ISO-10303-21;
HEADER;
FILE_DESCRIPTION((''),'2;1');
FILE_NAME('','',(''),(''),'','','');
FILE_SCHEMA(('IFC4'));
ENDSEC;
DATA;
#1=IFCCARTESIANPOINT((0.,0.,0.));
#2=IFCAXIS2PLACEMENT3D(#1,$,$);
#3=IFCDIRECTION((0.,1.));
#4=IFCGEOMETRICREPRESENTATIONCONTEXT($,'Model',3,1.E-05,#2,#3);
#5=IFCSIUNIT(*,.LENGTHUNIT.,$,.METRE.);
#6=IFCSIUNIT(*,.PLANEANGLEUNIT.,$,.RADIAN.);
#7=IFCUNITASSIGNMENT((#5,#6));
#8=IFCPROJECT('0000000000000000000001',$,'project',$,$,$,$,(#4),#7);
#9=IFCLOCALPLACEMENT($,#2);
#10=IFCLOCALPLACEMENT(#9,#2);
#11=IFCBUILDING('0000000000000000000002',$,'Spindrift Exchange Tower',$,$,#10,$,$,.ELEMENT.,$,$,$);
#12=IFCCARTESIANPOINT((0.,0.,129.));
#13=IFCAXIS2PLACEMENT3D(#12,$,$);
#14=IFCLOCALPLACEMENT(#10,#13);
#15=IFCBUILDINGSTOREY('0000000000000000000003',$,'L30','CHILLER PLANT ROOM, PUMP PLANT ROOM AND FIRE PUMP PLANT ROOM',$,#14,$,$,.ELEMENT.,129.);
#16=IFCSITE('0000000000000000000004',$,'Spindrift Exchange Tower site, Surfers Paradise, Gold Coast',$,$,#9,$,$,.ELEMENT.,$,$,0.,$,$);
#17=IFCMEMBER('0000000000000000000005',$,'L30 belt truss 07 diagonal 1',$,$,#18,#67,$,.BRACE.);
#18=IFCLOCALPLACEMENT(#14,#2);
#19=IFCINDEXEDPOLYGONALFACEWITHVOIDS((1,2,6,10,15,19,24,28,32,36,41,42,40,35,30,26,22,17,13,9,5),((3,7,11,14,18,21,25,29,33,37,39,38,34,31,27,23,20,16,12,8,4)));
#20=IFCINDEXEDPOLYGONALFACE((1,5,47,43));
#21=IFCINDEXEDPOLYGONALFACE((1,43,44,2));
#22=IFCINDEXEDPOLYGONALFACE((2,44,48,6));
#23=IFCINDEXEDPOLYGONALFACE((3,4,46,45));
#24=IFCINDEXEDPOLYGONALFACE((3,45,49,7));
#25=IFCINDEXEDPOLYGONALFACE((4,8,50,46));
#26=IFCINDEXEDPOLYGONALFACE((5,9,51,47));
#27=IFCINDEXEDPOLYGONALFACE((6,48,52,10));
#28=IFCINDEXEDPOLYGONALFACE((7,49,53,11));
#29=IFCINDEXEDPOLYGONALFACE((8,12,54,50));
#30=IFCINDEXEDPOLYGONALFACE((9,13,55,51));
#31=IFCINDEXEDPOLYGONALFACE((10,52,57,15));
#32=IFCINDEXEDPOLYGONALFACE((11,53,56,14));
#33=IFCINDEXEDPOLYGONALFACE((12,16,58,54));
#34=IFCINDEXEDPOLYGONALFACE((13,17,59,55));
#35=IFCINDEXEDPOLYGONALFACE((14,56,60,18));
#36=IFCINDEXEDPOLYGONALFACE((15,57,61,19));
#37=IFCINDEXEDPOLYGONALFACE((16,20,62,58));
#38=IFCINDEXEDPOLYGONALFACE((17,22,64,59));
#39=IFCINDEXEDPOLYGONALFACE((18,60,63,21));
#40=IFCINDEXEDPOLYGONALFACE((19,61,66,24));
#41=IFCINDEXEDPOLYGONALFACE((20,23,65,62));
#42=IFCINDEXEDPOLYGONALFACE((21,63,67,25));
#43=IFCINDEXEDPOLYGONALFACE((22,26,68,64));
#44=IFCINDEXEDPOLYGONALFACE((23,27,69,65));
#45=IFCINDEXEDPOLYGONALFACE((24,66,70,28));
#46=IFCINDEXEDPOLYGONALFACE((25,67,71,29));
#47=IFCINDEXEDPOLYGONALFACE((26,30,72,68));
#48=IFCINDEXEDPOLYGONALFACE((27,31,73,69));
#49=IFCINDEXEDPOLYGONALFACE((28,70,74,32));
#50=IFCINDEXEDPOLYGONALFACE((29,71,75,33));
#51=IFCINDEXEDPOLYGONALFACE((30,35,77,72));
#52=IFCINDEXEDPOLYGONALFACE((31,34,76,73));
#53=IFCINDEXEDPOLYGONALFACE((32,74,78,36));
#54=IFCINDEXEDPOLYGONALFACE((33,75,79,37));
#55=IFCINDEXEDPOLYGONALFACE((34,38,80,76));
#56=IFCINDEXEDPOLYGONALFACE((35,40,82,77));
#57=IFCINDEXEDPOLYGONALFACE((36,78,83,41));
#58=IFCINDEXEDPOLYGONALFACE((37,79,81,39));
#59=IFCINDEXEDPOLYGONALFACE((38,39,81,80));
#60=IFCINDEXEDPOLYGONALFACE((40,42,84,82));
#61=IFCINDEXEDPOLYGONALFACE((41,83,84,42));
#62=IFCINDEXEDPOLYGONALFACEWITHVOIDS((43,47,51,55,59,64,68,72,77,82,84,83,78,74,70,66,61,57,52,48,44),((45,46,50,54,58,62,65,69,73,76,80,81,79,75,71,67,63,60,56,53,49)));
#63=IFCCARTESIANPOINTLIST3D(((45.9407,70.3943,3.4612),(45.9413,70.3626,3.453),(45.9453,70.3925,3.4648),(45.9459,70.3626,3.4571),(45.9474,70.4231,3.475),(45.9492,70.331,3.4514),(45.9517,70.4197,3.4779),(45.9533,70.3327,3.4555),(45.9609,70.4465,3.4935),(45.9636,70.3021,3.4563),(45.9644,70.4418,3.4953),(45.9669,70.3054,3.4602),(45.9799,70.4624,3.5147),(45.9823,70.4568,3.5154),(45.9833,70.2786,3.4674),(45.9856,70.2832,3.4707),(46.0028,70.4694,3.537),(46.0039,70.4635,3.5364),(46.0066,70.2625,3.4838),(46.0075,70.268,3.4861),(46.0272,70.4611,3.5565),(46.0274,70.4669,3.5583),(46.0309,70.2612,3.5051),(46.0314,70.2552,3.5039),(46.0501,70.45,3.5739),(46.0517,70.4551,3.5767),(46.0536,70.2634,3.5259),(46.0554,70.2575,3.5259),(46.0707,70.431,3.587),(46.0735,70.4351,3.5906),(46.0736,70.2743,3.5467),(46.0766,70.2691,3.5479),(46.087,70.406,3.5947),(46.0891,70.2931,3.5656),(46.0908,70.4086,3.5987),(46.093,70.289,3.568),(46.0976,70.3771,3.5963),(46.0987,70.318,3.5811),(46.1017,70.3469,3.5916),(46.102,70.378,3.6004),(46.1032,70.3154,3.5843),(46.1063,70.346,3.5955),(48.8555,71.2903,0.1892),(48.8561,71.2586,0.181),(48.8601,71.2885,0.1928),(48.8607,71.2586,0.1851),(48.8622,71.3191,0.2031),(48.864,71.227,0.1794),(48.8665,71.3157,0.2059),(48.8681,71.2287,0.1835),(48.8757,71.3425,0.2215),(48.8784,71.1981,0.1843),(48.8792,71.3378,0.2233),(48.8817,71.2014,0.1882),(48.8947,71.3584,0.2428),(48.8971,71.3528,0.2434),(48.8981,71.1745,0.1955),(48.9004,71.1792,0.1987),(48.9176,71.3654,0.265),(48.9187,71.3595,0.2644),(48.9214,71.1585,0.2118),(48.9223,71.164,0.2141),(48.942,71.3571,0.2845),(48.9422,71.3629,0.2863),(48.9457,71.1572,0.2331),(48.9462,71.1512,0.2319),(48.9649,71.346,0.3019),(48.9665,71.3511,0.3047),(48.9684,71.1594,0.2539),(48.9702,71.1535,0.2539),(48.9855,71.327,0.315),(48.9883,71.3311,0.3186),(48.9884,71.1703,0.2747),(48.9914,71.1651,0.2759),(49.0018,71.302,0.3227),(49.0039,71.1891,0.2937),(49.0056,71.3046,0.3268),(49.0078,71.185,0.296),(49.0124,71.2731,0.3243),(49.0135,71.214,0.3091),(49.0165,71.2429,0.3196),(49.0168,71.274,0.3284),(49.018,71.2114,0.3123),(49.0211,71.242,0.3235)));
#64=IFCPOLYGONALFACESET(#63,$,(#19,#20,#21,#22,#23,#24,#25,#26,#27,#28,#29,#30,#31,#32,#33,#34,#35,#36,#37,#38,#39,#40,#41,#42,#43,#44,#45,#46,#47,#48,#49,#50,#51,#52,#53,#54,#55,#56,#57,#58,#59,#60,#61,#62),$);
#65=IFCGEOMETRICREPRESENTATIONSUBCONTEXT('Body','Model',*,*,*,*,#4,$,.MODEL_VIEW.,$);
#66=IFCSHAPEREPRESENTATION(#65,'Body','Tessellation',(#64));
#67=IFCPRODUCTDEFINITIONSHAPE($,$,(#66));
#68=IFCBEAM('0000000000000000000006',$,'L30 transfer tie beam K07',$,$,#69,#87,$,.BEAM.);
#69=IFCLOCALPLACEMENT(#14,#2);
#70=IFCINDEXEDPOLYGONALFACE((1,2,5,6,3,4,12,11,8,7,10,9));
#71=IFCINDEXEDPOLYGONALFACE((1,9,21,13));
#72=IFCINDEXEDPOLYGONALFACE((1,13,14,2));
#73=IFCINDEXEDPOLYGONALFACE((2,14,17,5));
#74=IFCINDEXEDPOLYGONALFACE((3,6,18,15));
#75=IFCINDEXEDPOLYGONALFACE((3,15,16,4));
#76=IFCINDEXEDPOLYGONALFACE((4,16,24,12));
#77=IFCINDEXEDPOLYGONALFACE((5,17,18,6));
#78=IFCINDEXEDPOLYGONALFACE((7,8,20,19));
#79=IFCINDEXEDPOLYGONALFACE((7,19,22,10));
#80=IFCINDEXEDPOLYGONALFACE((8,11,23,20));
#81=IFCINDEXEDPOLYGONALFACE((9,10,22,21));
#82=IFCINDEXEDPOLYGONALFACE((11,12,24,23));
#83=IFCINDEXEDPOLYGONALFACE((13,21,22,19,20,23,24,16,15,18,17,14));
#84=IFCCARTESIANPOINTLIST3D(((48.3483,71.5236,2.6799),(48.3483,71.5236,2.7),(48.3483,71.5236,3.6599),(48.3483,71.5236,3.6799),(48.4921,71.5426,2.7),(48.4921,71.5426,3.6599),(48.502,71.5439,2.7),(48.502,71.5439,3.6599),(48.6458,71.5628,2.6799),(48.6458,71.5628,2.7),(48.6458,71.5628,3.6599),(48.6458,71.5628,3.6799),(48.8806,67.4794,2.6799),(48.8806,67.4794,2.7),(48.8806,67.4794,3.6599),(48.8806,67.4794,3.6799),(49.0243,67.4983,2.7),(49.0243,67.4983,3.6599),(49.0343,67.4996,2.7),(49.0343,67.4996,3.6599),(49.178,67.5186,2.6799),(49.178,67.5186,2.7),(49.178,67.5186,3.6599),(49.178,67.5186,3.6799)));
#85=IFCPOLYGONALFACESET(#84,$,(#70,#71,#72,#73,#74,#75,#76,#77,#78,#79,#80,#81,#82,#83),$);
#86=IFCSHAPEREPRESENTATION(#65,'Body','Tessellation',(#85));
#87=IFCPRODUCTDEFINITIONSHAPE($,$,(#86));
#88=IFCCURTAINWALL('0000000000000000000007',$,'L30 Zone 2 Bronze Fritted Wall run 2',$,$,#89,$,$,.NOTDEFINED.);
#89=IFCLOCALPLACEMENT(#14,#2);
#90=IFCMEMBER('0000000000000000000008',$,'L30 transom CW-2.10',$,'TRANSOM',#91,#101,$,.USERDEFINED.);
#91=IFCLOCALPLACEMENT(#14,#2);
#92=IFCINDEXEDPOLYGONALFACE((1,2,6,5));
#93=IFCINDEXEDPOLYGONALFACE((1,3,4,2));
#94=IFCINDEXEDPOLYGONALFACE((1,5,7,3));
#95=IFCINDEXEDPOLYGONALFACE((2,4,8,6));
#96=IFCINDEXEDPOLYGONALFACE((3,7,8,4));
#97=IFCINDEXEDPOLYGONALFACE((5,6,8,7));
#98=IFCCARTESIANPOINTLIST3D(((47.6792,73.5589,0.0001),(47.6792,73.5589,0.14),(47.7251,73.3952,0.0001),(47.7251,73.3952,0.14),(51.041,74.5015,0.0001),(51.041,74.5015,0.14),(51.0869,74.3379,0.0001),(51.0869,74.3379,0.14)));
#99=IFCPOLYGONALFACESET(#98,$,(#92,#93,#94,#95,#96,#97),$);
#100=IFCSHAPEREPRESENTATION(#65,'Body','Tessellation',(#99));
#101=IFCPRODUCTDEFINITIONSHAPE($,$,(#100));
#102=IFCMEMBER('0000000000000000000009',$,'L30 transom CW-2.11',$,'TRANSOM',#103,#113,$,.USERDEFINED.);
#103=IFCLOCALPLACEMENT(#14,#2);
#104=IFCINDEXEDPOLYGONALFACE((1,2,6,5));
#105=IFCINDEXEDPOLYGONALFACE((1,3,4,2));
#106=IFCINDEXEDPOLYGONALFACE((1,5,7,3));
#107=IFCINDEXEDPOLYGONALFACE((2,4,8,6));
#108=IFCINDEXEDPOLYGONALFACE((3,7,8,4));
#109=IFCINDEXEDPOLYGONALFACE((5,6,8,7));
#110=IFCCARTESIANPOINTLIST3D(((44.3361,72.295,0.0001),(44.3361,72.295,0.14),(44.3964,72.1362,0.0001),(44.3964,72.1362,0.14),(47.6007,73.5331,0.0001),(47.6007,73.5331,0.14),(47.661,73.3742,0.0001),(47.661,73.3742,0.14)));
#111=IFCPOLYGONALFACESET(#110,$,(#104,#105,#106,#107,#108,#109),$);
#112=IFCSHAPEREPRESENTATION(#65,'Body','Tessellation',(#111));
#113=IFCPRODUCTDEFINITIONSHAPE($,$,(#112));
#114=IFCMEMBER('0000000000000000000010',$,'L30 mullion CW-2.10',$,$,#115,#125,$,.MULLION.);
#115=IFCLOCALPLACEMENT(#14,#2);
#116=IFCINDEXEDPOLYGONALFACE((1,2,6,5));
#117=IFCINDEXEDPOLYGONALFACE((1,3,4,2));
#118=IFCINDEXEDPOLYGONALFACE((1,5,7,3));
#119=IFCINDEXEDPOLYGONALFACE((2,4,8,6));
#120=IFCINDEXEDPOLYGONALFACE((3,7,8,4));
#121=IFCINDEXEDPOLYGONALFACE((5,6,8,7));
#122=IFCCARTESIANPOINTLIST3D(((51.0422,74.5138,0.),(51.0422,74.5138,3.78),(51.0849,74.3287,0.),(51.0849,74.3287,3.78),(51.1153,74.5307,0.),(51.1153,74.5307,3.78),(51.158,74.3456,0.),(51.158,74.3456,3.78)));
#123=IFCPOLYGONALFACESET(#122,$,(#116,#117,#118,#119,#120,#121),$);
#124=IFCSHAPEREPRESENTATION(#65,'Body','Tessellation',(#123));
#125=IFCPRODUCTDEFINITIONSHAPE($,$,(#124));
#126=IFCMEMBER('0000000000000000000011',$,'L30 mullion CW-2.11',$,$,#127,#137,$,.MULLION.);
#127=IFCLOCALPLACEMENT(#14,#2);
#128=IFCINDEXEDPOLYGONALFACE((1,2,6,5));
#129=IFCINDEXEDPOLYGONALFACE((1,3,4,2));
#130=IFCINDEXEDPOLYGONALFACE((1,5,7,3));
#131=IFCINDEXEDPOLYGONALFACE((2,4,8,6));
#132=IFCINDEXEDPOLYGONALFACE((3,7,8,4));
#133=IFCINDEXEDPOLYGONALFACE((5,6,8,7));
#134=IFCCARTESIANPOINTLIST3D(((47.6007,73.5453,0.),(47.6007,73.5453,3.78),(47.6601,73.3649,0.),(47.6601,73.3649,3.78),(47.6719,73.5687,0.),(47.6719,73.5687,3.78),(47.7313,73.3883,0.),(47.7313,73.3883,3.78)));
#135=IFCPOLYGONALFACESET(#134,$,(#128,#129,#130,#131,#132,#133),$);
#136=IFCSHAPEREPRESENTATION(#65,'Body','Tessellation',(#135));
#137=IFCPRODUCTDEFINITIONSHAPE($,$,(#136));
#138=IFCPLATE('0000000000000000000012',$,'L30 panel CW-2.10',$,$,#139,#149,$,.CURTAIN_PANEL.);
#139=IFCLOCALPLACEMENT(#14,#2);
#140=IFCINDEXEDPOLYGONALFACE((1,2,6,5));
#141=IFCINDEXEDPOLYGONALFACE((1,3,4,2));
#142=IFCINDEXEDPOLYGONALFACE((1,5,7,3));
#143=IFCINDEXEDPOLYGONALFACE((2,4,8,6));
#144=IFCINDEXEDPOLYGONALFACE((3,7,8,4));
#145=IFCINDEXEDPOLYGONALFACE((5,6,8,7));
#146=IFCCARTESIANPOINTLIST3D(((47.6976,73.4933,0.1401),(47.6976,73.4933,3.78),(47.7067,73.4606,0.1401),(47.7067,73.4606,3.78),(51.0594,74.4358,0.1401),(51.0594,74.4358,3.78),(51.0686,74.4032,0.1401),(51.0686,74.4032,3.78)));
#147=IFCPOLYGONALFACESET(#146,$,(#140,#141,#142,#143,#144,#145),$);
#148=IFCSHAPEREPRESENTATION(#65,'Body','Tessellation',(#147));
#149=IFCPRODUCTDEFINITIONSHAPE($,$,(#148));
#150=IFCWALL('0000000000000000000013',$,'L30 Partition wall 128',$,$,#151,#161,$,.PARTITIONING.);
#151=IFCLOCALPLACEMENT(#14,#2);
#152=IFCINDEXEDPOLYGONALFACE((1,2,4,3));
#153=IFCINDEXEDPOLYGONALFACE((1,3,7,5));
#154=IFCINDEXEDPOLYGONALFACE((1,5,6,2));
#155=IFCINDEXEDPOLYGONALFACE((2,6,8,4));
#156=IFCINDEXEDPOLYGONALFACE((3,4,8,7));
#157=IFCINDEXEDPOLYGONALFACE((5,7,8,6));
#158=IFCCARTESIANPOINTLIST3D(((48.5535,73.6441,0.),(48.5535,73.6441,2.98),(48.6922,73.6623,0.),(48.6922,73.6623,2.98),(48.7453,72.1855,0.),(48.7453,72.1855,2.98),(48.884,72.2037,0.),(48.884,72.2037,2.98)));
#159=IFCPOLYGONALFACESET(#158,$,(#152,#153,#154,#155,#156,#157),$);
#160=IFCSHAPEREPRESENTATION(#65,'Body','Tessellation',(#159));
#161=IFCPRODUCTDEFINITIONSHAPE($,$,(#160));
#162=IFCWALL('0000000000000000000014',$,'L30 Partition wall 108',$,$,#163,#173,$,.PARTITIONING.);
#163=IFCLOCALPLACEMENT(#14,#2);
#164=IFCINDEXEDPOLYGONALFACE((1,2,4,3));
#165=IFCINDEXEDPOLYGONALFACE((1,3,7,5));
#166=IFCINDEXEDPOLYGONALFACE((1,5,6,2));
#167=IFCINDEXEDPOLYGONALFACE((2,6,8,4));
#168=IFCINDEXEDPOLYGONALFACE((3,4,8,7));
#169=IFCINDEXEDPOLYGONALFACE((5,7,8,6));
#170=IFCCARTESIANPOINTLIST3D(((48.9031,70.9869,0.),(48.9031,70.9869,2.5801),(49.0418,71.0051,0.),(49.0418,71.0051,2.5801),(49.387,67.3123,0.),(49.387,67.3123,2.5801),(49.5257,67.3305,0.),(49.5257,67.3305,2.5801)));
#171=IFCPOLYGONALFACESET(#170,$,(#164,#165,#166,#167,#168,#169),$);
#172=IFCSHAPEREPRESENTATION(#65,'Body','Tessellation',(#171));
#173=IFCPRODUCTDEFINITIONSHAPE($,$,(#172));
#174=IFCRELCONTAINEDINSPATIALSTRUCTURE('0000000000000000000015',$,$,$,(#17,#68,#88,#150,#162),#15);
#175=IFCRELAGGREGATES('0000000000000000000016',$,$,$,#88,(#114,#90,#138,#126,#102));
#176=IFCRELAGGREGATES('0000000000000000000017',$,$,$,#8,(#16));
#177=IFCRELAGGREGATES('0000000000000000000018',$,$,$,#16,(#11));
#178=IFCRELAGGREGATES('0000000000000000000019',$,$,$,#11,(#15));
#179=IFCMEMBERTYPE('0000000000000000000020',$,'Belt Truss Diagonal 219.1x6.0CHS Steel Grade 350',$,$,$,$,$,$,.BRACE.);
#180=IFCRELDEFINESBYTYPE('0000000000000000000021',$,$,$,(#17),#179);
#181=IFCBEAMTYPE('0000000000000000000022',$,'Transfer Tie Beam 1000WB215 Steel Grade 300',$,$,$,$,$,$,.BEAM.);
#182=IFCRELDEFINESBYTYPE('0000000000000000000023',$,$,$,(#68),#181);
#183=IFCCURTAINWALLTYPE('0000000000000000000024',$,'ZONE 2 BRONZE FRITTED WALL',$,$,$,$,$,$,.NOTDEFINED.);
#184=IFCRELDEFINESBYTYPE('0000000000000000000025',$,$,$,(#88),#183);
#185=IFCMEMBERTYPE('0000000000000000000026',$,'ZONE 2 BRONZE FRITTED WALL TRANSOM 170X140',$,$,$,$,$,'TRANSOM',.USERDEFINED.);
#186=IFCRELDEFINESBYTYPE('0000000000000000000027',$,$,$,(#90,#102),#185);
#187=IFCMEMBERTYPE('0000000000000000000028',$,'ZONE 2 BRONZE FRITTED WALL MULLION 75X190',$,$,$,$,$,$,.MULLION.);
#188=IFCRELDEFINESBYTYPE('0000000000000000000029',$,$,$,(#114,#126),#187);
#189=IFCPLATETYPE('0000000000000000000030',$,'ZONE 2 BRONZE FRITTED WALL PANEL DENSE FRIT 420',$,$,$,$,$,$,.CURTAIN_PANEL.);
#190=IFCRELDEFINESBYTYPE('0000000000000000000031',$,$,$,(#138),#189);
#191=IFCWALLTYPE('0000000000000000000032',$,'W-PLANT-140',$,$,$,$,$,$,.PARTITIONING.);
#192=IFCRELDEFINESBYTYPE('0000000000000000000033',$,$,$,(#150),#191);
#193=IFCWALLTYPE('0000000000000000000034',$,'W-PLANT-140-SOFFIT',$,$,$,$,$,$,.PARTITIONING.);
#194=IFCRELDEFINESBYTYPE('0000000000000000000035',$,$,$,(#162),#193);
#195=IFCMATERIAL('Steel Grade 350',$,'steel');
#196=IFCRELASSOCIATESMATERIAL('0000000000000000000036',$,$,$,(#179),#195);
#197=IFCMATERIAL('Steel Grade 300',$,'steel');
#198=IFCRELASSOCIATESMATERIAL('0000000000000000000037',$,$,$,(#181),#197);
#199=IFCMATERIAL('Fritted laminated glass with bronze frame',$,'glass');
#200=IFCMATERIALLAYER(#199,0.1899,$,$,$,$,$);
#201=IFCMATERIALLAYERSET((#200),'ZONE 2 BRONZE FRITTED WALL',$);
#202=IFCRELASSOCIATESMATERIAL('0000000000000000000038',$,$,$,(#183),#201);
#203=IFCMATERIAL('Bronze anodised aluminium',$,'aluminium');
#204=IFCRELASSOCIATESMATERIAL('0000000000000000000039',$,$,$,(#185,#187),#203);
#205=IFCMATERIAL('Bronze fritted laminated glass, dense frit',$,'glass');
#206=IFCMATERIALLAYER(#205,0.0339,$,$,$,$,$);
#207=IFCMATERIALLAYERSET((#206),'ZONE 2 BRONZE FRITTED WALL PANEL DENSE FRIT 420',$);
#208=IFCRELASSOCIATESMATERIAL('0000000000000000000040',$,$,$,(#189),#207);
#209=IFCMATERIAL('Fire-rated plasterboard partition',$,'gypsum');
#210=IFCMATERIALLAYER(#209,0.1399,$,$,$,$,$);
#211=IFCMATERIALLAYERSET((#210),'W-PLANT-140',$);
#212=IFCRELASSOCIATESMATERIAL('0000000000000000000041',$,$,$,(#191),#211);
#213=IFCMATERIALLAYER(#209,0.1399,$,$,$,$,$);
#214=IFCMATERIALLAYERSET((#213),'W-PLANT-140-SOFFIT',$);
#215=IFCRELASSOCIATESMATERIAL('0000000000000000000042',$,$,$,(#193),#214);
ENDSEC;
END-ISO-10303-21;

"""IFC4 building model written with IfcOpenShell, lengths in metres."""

from ifc_helpers import new_model, si_unit, direction, frame, frame_2d, origin, origin_2d, place, context, subcontext, project, spatial, rectangle, hollow_circle, i_section, extrude, source, transform, mapped, material, layer, layer_set, material_profile, profile_set, type_object, element, aggregate, save


model = new_model("IFC4")

# Units and contexts
model_context = context("Model", 3, precision=1e-05, world=origin(), true_north=direction((0.0, 1.0)))
body_context = subcontext(model_context, "Body", "Model", "MODEL_VIEW")
ifc_project = project(units=[si_unit("LENGTHUNIT", "METRE"), si_unit("PLANEANGLEUNIT", "RADIAN")], contexts=[model_context])

# Site, building, storey
site_placement = place(None, origin())
site = spatial("IfcSite", under=ifc_project, at=site_placement, Name="Spindrift Exchange Tower site, Surfers Paradise, Gold Coast", CompositionType="ELEMENT", RefElevation=0.0)
building_placement = place(site_placement, origin())
building = spatial("IfcBuilding", under=site, at=building_placement, Name="Spindrift Exchange Tower", CompositionType="ELEMENT")
storey_placement = place(building_placement, frame((0.0, 0.0, 129.0)))
storey = spatial("IfcBuildingStorey", under=building, at=storey_placement, Name="L30", Description="CHILLER PLANT ROOM, PUMP PLANT ROOM AND FIRE PUMP PLANT ROOM", CompositionType="ELEMENT", Elevation=129.0)

# Shared definitions
ifc_material_1 = material(Name="Steel Grade 300", Category="steel")

# Member
ifc_material_2 = material(Name="Steel Grade 350", Category="steel")
ifc_material_profile_1 = material_profile(ifc_material_2, hollow_circle(Radius=0.1096, WallThickness=0.0061, at=origin_2d()), Name="219.1x6.0CHS")
ifc_profile_set_1 = profile_set([ifc_material_profile_1], Name="Steel Grade 350")
member_type_1 = type_object("IfcMemberType", Name="Belt Truss Diagonal 219.1x6.0CHS Steel Grade 350", PredefinedType="BRACE", material=ifc_profile_set_1)
shared_shape_1 = source(origin(), body_context, "Body", "SweptSolid", [
    extrude(hollow_circle(Radius=0.1096, WallThickness=0.0061, at=origin_2d()), origin(), (0.0, 0.0, 1.0), 4.4727),
])
member_1_placement = place(storey_placement, frame((48.938, 71.2583, 0.2539), z_axis=(-0.651692, -0.200328, 0.73155), x_axis=(0.293827, -0.955859, 0.0)))
element("IfcMember", 1, at=member_1_placement, inside=storey, type_object=member_type_1, Name="L30 belt truss 07 diagonal 1", PredefinedType="BRACE", context=body_context, shape_type="MappedRepresentation", body=[
    mapped(shared_shape_1, transform((0.0, 0.0, 0.0), scale=1.0)),
])

# Beam
ifc_material_profile_2 = material_profile(ifc_material_1, i_section(OverallWidth=0.3, OverallDepth=1.0, WebThickness=0.01, FlangeThickness=0.02, at=origin_2d()), Name="1000WB215")
ifc_profile_set_2 = profile_set([ifc_material_profile_2], Name="Steel Grade 300")
beam_type_1 = type_object("IfcBeamType", Name="Transfer Tie Beam 1000WB215 Steel Grade 300", PredefinedType="BEAM", material=ifc_profile_set_2)
shared_shape_2 = source(origin(), body_context, "Body", "SweptSolid", [
    extrude(i_section(OverallWidth=0.3, OverallDepth=1.0, WebThickness=0.01, FlangeThickness=0.02, at=origin_2d()), origin(), (0.0, 0.0, 1.0), 4.0791),
])
beam_1_placement = place(storey_placement, frame((48.4971, 71.5432, 3.1799), z_axis=(0.130478, -0.991451, 0.0), x_axis=(0.991451, 0.130478, 0.0)))
element("IfcBeam", 2, at=beam_1_placement, inside=storey, type_object=beam_type_1, Name="L30 transfer tie beam K07", PredefinedType="BEAM", context=body_context, shape_type="MappedRepresentation", body=[
    mapped(shared_shape_2, transform((0.0, 0.0, 0.0), scale=1.0)),
])

# Curtain wall, members, plate
ifc_material_3 = material(Name="Fritted laminated glass with bronze frame", Category="glass")
ifc_layer_1 = layer(ifc_material_3, 0.1899)
ifc_layer_set_1 = layer_set([ifc_layer_1], Name="ZONE 2 BRONZE FRITTED WALL")
curtain_wall_type = type_object("IfcCurtainWallType", Name="ZONE 2 BRONZE FRITTED WALL", PredefinedType="NOTDEFINED", material=ifc_layer_set_1)
curtain_wall_placement = place(storey_placement, origin())
curtain_wall = element("IfcCurtainWall", 3, at=curtain_wall_placement, inside=storey, type_object=curtain_wall_type, Name="L30 Zone 2 Bronze Fritted Wall run 2", PredefinedType="NOTDEFINED")
ifc_material_4 = material(Name="Bronze anodised aluminium", Category="aluminium")
ifc_material_profile_3 = material_profile(ifc_material_4, rectangle(XDim=0.1699, YDim=0.1399, at=origin_2d()), Name="ZONE 2 BRONZE FRITTED WALL TRANSOM 170X140")
ifc_profile_set_3 = profile_set([ifc_material_profile_3], Name="Bronze anodised aluminium")
member_type_2 = type_object("IfcMemberType", Name="ZONE 2 BRONZE FRITTED WALL TRANSOM 170X140", ElementType="TRANSOM", PredefinedType="USERDEFINED", material=ifc_profile_set_3)
shared_shape_3 = source(origin(), body_context, "Body", "SweptSolid", [
    extrude(rectangle(XDim=0.1699, YDim=0.1399, at=origin_2d()), origin(), (0.0, 0.0, 1.0), 3.4915),
])
member_2_placement = place(storey_placement, frame((51.064, 74.4197, 0.0701), z_axis=(-0.962866, -0.26998, 0.0), x_axis=(0.26998, -0.962866, 0.0)))
member_2 = element("IfcMember", 4, at=member_2_placement, type_object=member_type_2, Name="L30 transom CW-2.10", ObjectType="TRANSOM", PredefinedType="USERDEFINED", context=body_context, shape_type="MappedRepresentation", body=[
    mapped(shared_shape_3, transform((0.0, 0.0, 0.0), scale=1.0)),
])
member_3_placement = place(storey_placement, frame((47.6309, 73.4536, 0.0701), z_axis=(-0.935024, -0.354585, 0.0), x_axis=(0.354585, -0.935024, 0.0)))
member_3 = element("IfcMember", 5, at=member_3_placement, type_object=member_type_2, Name="L30 transom CW-2.11", ObjectType="TRANSOM", PredefinedType="USERDEFINED", context=body_context, shape_type="MappedRepresentation", body=[
    mapped(shared_shape_3, transform((0.0, 0.0, 0.0), scale=1.0)),
])
ifc_material_profile_4 = material_profile(ifc_material_4, rectangle(XDim=0.075, YDim=0.1899, at=origin_2d()), Name="ZONE 2 BRONZE FRITTED WALL MULLION 75X190")
ifc_profile_set_4 = profile_set([ifc_material_profile_4], Name="Bronze anodised aluminium")
member_type_3 = type_object("IfcMemberType", Name="ZONE 2 BRONZE FRITTED WALL MULLION 75X190", PredefinedType="MULLION", material=ifc_profile_set_4)
shared_shape_4 = source(origin(), body_context, "Body", "SweptSolid", [
    extrude(rectangle(XDim=0.075, YDim=0.1899, at=origin_2d()), origin(), (0.0, 0.0, 1.0), 3.78),
])
member_4_placement = place(storey_placement, frame((51.1001, 74.4297, 0.0), z_axis=(0.0, 0.0, 1.0), x_axis=(-0.974429, -0.224698, 0.0)))
member_4 = element("IfcMember", 6, at=member_4_placement, type_object=member_type_3, Name="L30 mullion CW-2.10", PredefinedType="MULLION", context=body_context, shape_type="MappedRepresentation", body=[
    mapped(shared_shape_4, transform((0.0, 0.0, 0.0), scale=1.0)),
])
member_5_placement = place(storey_placement, frame((47.666, 73.4668, 0.0), z_axis=(0.0, 0.0, 1.0), x_axis=(-0.949889, -0.312588, 0.0)))
member_5 = element("IfcMember", 7, at=member_5_placement, type_object=member_type_3, Name="L30 mullion CW-2.11", PredefinedType="MULLION", context=body_context, shape_type="MappedRepresentation", body=[
    mapped(shared_shape_4, transform((0.0, 0.0, 0.0), scale=1.0)),
])
ifc_material_5 = material(Name="Bronze fritted laminated glass, dense frit", Category="glass")
ifc_layer_2 = layer(ifc_material_5, 0.0339)
ifc_layer_set_2 = layer_set([ifc_layer_2], Name="ZONE 2 BRONZE FRITTED WALL PANEL DENSE FRIT 420")
plate_type = type_object("IfcPlateType", Name="ZONE 2 BRONZE FRITTED WALL PANEL DENSE FRIT 420", PredefinedType="CURTAIN_PANEL", material=ifc_layer_set_2)
shared_shape_5 = source(origin(), body_context, "Body", "SweptSolid", [
    extrude(rectangle(XDim=3.4915, YDim=0.0339, at=origin_2d()), origin(), (0.0, 0.0, 1.0), 3.6399),
])
plate_placement = place(storey_placement, frame((49.3831, 73.9482, 0.1401), z_axis=(0.0, 0.0, 1.0), x_axis=(-0.962873, -0.269955, 0.0)))
plate = element("IfcPlate", 8, at=plate_placement, type_object=plate_type, Name="L30 panel CW-2.10", PredefinedType="CURTAIN_PANEL", context=body_context, shape_type="MappedRepresentation", body=[
    mapped(shared_shape_5, transform((0.0, 0.0, 0.0), scale=1.0)),
])
aggregate(curtain_wall, [member_4, member_2, plate, member_5, member_3])

# Walls
ifc_material_6 = material(Name="Fire-rated plasterboard partition", Category="gypsum")
ifc_layer_3 = layer(ifc_material_6, 0.1399)
ifc_layer_set_3 = layer_set([ifc_layer_3], Name="W-PLANT-140")
wall_type_1 = type_object("IfcWallType", Name="W-PLANT-140", PredefinedType="PARTITIONING", material=ifc_layer_set_3)
wall_1_placement = place(storey_placement, frame((48.8147, 72.1946, 0.0), z_axis=(0.0, 0.0, 1.0), x_axis=(-0.130424, 0.991458, 0.0)))
element("IfcWall", 9, at=wall_1_placement, inside=storey, type_object=wall_type_1, Name="L30 Partition wall 128", PredefinedType="PARTITIONING", context=body_context, shape_type="SweptSolid", body=[
    extrude(rectangle(XDim=1.4712, YDim=0.1399, at=frame_2d((0.7356, 0.0))), origin(), (0.0, 0.0, 1.0), 2.98),
])
ifc_layer_4 = layer(ifc_material_6, 0.1399)
ifc_layer_set_4 = layer_set([ifc_layer_4], Name="W-PLANT-140-SOFFIT")
wall_type_2 = type_object("IfcWallType", Name="W-PLANT-140-SOFFIT", PredefinedType="PARTITIONING", material=ifc_layer_set_4)
wall_2_placement = place(storey_placement, frame((49.4563, 67.3215, 0.0), z_axis=(0.0, 0.0, 1.0), x_axis=(-0.130558, 0.991441, 0.0)))
element("IfcWall", 10, at=wall_2_placement, inside=storey, type_object=wall_type_2, Name="L30 Partition wall 108", PredefinedType="PARTITIONING", context=body_context, shape_type="SweptSolid", body=[
    extrude(rectangle(XDim=3.7063, YDim=0.1399, at=frame_2d((1.853, 0.0))), origin(), (0.0, 0.0, 1.0), 2.5801),
])

save(model, "model.ifc")
